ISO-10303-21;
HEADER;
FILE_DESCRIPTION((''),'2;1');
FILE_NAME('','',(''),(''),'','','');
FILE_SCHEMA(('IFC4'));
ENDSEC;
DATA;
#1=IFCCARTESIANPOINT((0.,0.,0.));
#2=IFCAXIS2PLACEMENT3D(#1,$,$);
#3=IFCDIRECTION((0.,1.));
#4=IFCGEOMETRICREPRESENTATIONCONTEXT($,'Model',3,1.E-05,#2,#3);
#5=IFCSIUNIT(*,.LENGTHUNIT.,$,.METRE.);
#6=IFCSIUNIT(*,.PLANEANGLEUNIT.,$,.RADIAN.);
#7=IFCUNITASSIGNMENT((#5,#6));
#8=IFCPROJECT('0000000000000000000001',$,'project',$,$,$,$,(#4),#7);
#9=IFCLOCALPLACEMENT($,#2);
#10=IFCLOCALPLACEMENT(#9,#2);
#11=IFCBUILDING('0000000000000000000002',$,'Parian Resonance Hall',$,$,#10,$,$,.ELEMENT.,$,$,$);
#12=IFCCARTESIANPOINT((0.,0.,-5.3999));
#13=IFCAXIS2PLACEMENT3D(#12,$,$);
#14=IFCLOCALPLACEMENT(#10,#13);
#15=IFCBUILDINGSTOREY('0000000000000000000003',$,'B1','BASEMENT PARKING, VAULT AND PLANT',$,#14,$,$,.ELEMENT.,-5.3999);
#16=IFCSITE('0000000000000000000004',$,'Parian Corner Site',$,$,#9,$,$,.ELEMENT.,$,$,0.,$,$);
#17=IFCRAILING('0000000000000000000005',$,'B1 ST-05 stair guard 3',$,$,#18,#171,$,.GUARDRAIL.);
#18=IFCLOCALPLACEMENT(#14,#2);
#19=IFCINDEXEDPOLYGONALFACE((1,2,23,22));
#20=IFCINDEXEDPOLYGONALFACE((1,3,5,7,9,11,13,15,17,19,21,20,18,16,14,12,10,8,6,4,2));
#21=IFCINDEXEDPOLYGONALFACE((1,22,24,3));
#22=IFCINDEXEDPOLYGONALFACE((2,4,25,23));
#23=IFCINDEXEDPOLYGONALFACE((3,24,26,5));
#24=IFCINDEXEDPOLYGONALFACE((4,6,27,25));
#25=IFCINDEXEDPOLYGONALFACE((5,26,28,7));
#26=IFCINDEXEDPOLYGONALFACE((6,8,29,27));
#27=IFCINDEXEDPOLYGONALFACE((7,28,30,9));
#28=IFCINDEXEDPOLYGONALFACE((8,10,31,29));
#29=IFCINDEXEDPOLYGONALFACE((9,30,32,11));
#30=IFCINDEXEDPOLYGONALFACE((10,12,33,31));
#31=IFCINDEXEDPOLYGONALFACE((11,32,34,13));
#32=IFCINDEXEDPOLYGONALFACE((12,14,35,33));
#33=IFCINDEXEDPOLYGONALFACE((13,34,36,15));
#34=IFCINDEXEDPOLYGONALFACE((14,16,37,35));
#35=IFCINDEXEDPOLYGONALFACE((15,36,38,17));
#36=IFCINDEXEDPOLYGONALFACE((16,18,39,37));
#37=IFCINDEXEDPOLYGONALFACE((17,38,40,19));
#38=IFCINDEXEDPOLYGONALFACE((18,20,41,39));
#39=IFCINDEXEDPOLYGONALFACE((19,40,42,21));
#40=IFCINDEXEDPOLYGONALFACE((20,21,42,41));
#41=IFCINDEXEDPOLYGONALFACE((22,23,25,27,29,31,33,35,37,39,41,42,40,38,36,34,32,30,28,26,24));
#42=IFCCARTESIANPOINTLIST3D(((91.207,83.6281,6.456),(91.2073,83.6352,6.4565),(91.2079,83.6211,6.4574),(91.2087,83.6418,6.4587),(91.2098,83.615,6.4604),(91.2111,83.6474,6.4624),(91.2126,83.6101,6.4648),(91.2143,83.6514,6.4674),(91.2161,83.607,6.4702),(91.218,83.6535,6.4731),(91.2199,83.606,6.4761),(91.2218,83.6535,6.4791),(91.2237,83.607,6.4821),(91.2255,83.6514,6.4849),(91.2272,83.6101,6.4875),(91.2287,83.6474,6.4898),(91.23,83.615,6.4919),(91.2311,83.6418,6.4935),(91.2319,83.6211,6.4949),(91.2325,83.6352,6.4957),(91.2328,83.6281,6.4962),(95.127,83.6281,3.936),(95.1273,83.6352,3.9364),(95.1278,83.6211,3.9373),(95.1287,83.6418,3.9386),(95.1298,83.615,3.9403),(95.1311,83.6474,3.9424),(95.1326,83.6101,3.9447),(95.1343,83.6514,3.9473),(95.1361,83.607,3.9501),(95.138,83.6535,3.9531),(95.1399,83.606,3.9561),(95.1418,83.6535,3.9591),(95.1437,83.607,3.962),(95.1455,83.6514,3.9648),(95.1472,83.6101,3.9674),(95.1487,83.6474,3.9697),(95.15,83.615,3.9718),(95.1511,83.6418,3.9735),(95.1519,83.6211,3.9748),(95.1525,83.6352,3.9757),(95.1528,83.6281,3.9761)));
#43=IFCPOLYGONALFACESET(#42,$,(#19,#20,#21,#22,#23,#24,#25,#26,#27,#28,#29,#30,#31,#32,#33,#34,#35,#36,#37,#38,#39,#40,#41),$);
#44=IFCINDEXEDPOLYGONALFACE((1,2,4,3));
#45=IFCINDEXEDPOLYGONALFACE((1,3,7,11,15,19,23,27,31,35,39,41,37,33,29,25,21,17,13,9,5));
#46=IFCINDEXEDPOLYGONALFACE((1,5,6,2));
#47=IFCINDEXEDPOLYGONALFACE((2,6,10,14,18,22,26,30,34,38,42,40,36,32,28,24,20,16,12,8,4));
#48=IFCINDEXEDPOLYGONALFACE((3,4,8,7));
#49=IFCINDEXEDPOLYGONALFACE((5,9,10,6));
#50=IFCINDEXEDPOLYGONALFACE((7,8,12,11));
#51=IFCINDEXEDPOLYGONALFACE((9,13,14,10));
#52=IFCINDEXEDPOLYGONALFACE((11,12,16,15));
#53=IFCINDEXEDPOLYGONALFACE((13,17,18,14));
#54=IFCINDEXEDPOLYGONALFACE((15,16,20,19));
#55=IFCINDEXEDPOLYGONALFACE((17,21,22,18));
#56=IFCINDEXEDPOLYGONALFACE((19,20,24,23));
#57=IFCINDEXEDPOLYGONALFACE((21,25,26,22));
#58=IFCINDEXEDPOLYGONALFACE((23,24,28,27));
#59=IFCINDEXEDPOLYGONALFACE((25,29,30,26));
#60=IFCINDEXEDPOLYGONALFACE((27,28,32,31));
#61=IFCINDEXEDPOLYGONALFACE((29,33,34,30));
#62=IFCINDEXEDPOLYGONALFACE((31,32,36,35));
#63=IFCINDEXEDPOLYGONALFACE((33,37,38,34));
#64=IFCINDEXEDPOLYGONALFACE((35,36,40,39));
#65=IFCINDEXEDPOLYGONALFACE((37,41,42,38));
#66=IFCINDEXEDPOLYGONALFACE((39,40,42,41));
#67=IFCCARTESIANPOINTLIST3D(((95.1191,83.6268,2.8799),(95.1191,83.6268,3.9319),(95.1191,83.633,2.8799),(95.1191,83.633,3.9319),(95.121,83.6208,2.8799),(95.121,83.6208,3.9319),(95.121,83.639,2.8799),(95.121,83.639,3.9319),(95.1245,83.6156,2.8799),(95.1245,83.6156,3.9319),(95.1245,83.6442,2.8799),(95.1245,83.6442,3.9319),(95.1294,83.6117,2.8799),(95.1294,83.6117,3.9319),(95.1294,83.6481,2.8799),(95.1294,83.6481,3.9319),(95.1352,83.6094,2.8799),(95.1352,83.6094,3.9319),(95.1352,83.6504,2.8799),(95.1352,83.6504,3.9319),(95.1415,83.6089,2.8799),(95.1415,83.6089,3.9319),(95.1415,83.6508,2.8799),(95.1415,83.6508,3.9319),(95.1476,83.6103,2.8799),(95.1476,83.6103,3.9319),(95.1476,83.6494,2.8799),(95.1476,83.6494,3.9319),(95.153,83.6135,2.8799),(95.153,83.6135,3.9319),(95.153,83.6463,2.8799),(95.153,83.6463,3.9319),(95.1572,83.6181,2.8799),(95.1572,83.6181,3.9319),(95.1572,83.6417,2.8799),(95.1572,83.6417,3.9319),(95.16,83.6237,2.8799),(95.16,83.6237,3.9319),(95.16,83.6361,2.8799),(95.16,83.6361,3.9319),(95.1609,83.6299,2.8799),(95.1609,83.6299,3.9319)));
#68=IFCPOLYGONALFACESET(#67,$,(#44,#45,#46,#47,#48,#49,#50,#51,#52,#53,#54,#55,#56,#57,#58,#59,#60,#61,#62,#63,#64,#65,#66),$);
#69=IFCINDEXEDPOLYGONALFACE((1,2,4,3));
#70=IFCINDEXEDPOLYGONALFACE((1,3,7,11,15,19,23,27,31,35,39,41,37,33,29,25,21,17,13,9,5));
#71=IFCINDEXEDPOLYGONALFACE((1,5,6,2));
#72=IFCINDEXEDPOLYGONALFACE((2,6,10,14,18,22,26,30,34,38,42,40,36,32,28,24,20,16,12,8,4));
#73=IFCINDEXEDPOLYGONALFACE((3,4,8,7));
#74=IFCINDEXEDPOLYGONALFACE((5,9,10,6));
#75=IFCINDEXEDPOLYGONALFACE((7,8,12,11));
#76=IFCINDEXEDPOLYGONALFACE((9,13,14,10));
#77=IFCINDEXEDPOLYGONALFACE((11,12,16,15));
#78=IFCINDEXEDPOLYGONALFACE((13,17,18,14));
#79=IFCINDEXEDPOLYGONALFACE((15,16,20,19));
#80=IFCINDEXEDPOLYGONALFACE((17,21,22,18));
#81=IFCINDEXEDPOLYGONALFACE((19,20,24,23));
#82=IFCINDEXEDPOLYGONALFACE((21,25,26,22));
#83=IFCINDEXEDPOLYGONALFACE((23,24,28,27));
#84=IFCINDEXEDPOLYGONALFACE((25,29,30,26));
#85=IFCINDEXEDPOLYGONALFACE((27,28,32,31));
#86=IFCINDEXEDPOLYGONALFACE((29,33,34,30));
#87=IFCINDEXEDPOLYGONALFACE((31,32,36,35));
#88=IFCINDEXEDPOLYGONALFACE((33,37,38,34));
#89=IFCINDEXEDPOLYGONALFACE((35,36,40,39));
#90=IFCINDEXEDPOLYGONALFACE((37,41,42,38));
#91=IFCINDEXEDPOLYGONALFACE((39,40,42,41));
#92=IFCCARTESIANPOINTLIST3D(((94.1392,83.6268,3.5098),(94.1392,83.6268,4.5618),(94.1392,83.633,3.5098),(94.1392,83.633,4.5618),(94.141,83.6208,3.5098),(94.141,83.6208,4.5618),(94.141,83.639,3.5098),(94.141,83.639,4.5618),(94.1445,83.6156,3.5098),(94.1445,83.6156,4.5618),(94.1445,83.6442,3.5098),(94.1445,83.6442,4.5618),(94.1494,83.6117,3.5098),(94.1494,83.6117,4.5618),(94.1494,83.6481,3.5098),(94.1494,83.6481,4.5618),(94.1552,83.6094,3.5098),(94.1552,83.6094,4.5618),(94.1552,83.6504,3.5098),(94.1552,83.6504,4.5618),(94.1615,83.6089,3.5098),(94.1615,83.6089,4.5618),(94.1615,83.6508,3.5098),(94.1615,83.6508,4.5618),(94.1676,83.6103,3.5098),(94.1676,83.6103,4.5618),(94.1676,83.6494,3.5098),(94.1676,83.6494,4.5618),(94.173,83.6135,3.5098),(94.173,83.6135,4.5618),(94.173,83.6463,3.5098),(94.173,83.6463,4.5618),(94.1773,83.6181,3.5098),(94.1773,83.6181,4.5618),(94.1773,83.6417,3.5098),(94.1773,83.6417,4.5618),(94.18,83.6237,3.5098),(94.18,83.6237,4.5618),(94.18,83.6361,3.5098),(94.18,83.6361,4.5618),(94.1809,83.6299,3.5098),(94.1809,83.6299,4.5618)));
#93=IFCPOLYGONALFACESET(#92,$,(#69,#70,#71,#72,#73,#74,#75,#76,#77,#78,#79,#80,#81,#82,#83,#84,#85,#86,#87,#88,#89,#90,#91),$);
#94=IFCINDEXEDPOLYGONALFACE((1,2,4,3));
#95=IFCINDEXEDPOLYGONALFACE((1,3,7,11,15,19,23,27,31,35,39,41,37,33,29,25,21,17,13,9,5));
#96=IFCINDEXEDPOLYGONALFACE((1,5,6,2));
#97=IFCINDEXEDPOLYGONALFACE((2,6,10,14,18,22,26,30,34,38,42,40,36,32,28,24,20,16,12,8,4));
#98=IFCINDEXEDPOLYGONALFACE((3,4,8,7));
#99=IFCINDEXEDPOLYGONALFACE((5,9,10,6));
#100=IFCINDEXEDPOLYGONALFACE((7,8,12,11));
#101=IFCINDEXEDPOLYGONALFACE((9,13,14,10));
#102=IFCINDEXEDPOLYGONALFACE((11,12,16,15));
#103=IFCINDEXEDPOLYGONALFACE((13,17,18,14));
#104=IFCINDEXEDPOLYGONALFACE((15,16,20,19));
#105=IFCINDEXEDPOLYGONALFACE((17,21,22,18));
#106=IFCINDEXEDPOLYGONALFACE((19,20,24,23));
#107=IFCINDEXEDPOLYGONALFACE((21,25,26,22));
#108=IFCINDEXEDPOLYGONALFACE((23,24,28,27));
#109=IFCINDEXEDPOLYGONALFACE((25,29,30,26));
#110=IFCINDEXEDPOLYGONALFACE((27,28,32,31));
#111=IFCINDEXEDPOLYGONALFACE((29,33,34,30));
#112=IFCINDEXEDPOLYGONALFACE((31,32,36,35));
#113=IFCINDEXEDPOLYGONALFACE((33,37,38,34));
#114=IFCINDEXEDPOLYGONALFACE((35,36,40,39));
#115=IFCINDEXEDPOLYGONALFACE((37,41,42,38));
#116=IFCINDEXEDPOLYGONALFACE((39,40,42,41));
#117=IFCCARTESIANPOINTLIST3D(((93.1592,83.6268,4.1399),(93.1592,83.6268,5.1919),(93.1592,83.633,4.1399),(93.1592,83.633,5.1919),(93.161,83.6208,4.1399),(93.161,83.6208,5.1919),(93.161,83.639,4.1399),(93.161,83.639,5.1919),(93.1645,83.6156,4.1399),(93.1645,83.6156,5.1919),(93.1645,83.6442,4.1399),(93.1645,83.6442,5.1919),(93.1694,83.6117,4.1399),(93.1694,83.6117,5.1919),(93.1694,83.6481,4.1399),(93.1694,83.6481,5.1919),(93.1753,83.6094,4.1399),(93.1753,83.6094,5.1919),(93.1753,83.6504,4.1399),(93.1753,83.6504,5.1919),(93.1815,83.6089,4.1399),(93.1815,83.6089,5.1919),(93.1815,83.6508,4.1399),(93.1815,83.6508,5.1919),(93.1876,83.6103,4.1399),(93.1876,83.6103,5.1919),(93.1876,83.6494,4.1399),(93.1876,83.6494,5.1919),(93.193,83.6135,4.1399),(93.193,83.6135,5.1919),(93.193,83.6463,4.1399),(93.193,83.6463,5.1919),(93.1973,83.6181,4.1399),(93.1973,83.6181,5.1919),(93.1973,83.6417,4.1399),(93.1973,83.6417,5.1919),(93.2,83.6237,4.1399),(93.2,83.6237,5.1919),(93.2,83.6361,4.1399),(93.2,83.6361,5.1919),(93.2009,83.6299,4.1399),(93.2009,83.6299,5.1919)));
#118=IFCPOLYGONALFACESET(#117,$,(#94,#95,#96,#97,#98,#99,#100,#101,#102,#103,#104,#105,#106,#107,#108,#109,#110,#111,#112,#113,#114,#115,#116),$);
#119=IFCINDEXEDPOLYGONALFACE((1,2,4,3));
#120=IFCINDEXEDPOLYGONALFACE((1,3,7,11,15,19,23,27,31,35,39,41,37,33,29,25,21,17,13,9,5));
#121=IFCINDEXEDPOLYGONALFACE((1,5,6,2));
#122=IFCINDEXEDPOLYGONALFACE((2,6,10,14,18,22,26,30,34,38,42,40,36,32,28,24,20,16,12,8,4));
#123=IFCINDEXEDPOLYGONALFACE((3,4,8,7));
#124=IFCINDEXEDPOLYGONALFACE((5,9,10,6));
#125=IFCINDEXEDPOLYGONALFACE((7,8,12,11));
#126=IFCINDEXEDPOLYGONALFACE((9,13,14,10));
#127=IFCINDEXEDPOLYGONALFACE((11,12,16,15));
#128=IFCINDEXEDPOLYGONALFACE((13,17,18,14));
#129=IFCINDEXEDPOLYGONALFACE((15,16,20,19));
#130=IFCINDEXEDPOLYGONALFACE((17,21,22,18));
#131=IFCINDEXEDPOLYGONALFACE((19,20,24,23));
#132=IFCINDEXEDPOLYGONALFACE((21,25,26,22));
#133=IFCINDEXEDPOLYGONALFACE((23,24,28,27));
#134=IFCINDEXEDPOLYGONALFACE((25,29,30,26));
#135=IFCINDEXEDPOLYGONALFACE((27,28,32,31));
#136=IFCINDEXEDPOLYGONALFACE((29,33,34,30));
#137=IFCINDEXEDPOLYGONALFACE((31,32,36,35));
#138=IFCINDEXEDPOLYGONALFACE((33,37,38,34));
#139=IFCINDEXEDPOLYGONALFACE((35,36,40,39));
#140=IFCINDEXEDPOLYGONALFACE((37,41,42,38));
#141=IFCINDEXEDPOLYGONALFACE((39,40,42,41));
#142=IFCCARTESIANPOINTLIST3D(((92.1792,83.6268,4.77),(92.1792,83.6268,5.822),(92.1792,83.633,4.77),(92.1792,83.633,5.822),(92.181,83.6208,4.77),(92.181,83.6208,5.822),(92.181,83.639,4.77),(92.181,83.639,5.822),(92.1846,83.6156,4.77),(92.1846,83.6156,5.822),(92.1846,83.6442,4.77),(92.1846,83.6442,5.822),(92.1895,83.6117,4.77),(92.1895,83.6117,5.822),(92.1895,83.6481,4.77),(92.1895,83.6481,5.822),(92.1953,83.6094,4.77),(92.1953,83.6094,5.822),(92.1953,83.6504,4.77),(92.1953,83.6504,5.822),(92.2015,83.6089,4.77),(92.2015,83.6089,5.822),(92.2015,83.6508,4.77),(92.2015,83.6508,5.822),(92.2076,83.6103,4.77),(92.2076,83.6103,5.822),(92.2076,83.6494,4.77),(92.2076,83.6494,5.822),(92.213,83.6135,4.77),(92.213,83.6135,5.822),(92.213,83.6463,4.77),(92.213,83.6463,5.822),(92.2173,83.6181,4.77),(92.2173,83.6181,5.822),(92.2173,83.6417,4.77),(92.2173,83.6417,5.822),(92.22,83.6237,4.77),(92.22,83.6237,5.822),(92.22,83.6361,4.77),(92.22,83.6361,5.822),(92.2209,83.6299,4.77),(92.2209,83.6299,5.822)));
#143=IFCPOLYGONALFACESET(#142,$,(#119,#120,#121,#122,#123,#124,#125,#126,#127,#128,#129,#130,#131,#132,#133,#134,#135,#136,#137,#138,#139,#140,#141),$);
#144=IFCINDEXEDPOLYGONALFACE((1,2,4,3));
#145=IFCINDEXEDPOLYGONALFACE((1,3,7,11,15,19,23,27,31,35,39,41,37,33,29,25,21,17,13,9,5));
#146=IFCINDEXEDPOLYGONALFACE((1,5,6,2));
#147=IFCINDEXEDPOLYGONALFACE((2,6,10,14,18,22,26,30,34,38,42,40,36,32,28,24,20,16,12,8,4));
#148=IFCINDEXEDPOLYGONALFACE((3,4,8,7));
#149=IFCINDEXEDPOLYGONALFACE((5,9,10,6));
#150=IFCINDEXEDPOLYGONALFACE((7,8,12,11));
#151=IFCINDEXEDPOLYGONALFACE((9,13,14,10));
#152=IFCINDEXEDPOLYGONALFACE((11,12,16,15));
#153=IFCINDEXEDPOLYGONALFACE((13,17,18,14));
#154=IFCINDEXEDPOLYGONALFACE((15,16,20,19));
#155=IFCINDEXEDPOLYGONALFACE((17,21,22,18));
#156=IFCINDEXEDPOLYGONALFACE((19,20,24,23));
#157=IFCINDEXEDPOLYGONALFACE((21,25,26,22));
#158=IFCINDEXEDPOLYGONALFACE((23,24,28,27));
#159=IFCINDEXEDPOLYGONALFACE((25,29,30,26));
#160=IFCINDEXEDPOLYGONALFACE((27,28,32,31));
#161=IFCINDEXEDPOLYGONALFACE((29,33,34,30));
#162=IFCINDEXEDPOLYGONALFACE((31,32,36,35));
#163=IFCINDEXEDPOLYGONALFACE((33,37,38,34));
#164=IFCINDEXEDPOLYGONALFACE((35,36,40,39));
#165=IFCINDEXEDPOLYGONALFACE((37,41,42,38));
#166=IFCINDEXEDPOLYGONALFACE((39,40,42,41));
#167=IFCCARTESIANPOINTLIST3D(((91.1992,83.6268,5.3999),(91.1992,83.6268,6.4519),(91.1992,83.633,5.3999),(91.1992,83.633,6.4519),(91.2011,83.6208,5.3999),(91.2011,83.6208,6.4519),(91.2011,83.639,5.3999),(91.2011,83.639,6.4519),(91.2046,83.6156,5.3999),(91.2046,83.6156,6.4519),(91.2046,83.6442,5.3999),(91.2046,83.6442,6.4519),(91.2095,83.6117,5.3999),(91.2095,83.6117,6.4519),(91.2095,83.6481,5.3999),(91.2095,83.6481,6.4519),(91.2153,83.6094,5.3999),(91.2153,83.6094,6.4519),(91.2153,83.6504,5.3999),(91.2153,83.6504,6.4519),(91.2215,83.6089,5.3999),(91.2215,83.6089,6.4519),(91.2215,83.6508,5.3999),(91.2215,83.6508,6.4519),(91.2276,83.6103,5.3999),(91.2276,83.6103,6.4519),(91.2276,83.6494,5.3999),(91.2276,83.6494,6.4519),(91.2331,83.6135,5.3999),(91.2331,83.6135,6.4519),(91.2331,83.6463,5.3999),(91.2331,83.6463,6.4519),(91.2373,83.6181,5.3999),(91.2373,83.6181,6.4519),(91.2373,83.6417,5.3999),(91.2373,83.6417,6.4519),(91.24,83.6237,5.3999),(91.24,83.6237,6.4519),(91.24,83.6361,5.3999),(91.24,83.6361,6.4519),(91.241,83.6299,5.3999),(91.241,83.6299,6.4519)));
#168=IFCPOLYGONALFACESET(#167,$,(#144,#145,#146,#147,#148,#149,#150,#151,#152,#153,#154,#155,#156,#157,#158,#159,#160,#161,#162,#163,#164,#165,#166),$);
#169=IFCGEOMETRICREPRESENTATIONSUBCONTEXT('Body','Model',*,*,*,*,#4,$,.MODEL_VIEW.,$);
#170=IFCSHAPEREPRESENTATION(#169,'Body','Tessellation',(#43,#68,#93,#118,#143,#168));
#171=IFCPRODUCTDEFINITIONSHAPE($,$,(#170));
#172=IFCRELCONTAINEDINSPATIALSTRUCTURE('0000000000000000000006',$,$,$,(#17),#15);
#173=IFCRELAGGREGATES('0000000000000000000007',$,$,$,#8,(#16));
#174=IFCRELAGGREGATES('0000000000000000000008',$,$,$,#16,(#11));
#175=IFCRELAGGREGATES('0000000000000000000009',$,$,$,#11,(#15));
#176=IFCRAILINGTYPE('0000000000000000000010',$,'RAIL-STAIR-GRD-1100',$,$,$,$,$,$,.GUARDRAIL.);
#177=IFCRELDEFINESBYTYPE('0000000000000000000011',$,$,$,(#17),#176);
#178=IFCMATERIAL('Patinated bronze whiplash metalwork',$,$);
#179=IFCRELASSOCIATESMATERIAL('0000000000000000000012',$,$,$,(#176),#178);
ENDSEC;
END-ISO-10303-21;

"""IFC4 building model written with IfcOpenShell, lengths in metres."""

from ifc_helpers import new_model, si_unit, direction, frame, origin, origin_2d, place, context, subcontext, project, spatial, circle, extrude, material, type_object, element, save


model = new_model("IFC4")

# Units and contexts
model_context = context("Model", 3, precision=1e-05, world=origin(), true_north=direction((0.0, 1.0)))
body_context = subcontext(model_context, "Body", "Model", "MODEL_VIEW")
ifc_project = project(units=[si_unit("LENGTHUNIT", "METRE"), si_unit("PLANEANGLEUNIT", "RADIAN")], contexts=[model_context])

# Site, building, storey
site_placement = place(None, origin())
site = spatial("IfcSite", under=ifc_project, at=site_placement, Name="Parian Corner Site", CompositionType="ELEMENT", RefElevation=0.0)
building_placement = place(site_placement, origin())
building = spatial("IfcBuilding", under=site, at=building_placement, Name="Parian Resonance Hall", CompositionType="ELEMENT")
storey_placement = place(building_placement, frame((0.0, 0.0, -5.3999)))
storey = spatial("IfcBuildingStorey", under=building, at=storey_placement, Name="B1", Description="BASEMENT PARKING, VAULT AND PLANT", CompositionType="ELEMENT", Elevation=-5.3999)

# Railing
ifc_material_1 = material(Name="Patinated bronze whiplash metalwork")
railing_type_1 = type_object("IfcRailingType", Name="RAIL-STAIR-GRD-1100", PredefinedType="GUARDRAIL", material=ifc_material_1)
railing_1_placement = place(storey_placement, frame((95.1399, 83.6299, 2.8799)))
element("IfcRailing", 1, at=railing_1_placement, inside=storey, type_object=railing_type_1, Name="B1 ST-05 stair guard 3", PredefinedType="GUARDRAIL", context=body_context, shape_type="SweptSolid", body=[
    extrude(circle(Radius=0.0239, at=origin_2d()), frame((0.0, 0.0, 1.0762), z_axis=(-0.841172, 0.0, 0.540768), x_axis=(0.0, -1.0, 0.0)), (0.0, 0.0, 1.0), 4.6602),
    extrude(circle(Radius=0.021, at=origin_2d()), origin(), (0.0, 0.0, 1.0), 1.052),
    extrude(circle(Radius=0.021, at=origin_2d()), frame((-0.98, 0.0, 0.6299)), (0.0, 0.0, 1.0), 1.052),
    extrude(circle(Radius=0.021, at=origin_2d()), frame((-1.96, 0.0, 1.26)), (0.0, 0.0, 1.0), 1.052),
    extrude(circle(Radius=0.021, at=origin_2d()), frame((-2.9399, 0.0, 1.8901)), (0.0, 0.0, 1.0), 1.052),
    extrude(circle(Radius=0.021, at=origin_2d()), frame((-3.9199, 0.0, 2.52)), (0.0, 0.0, 1.0), 1.052),
])

save(model, "model.ifc")
